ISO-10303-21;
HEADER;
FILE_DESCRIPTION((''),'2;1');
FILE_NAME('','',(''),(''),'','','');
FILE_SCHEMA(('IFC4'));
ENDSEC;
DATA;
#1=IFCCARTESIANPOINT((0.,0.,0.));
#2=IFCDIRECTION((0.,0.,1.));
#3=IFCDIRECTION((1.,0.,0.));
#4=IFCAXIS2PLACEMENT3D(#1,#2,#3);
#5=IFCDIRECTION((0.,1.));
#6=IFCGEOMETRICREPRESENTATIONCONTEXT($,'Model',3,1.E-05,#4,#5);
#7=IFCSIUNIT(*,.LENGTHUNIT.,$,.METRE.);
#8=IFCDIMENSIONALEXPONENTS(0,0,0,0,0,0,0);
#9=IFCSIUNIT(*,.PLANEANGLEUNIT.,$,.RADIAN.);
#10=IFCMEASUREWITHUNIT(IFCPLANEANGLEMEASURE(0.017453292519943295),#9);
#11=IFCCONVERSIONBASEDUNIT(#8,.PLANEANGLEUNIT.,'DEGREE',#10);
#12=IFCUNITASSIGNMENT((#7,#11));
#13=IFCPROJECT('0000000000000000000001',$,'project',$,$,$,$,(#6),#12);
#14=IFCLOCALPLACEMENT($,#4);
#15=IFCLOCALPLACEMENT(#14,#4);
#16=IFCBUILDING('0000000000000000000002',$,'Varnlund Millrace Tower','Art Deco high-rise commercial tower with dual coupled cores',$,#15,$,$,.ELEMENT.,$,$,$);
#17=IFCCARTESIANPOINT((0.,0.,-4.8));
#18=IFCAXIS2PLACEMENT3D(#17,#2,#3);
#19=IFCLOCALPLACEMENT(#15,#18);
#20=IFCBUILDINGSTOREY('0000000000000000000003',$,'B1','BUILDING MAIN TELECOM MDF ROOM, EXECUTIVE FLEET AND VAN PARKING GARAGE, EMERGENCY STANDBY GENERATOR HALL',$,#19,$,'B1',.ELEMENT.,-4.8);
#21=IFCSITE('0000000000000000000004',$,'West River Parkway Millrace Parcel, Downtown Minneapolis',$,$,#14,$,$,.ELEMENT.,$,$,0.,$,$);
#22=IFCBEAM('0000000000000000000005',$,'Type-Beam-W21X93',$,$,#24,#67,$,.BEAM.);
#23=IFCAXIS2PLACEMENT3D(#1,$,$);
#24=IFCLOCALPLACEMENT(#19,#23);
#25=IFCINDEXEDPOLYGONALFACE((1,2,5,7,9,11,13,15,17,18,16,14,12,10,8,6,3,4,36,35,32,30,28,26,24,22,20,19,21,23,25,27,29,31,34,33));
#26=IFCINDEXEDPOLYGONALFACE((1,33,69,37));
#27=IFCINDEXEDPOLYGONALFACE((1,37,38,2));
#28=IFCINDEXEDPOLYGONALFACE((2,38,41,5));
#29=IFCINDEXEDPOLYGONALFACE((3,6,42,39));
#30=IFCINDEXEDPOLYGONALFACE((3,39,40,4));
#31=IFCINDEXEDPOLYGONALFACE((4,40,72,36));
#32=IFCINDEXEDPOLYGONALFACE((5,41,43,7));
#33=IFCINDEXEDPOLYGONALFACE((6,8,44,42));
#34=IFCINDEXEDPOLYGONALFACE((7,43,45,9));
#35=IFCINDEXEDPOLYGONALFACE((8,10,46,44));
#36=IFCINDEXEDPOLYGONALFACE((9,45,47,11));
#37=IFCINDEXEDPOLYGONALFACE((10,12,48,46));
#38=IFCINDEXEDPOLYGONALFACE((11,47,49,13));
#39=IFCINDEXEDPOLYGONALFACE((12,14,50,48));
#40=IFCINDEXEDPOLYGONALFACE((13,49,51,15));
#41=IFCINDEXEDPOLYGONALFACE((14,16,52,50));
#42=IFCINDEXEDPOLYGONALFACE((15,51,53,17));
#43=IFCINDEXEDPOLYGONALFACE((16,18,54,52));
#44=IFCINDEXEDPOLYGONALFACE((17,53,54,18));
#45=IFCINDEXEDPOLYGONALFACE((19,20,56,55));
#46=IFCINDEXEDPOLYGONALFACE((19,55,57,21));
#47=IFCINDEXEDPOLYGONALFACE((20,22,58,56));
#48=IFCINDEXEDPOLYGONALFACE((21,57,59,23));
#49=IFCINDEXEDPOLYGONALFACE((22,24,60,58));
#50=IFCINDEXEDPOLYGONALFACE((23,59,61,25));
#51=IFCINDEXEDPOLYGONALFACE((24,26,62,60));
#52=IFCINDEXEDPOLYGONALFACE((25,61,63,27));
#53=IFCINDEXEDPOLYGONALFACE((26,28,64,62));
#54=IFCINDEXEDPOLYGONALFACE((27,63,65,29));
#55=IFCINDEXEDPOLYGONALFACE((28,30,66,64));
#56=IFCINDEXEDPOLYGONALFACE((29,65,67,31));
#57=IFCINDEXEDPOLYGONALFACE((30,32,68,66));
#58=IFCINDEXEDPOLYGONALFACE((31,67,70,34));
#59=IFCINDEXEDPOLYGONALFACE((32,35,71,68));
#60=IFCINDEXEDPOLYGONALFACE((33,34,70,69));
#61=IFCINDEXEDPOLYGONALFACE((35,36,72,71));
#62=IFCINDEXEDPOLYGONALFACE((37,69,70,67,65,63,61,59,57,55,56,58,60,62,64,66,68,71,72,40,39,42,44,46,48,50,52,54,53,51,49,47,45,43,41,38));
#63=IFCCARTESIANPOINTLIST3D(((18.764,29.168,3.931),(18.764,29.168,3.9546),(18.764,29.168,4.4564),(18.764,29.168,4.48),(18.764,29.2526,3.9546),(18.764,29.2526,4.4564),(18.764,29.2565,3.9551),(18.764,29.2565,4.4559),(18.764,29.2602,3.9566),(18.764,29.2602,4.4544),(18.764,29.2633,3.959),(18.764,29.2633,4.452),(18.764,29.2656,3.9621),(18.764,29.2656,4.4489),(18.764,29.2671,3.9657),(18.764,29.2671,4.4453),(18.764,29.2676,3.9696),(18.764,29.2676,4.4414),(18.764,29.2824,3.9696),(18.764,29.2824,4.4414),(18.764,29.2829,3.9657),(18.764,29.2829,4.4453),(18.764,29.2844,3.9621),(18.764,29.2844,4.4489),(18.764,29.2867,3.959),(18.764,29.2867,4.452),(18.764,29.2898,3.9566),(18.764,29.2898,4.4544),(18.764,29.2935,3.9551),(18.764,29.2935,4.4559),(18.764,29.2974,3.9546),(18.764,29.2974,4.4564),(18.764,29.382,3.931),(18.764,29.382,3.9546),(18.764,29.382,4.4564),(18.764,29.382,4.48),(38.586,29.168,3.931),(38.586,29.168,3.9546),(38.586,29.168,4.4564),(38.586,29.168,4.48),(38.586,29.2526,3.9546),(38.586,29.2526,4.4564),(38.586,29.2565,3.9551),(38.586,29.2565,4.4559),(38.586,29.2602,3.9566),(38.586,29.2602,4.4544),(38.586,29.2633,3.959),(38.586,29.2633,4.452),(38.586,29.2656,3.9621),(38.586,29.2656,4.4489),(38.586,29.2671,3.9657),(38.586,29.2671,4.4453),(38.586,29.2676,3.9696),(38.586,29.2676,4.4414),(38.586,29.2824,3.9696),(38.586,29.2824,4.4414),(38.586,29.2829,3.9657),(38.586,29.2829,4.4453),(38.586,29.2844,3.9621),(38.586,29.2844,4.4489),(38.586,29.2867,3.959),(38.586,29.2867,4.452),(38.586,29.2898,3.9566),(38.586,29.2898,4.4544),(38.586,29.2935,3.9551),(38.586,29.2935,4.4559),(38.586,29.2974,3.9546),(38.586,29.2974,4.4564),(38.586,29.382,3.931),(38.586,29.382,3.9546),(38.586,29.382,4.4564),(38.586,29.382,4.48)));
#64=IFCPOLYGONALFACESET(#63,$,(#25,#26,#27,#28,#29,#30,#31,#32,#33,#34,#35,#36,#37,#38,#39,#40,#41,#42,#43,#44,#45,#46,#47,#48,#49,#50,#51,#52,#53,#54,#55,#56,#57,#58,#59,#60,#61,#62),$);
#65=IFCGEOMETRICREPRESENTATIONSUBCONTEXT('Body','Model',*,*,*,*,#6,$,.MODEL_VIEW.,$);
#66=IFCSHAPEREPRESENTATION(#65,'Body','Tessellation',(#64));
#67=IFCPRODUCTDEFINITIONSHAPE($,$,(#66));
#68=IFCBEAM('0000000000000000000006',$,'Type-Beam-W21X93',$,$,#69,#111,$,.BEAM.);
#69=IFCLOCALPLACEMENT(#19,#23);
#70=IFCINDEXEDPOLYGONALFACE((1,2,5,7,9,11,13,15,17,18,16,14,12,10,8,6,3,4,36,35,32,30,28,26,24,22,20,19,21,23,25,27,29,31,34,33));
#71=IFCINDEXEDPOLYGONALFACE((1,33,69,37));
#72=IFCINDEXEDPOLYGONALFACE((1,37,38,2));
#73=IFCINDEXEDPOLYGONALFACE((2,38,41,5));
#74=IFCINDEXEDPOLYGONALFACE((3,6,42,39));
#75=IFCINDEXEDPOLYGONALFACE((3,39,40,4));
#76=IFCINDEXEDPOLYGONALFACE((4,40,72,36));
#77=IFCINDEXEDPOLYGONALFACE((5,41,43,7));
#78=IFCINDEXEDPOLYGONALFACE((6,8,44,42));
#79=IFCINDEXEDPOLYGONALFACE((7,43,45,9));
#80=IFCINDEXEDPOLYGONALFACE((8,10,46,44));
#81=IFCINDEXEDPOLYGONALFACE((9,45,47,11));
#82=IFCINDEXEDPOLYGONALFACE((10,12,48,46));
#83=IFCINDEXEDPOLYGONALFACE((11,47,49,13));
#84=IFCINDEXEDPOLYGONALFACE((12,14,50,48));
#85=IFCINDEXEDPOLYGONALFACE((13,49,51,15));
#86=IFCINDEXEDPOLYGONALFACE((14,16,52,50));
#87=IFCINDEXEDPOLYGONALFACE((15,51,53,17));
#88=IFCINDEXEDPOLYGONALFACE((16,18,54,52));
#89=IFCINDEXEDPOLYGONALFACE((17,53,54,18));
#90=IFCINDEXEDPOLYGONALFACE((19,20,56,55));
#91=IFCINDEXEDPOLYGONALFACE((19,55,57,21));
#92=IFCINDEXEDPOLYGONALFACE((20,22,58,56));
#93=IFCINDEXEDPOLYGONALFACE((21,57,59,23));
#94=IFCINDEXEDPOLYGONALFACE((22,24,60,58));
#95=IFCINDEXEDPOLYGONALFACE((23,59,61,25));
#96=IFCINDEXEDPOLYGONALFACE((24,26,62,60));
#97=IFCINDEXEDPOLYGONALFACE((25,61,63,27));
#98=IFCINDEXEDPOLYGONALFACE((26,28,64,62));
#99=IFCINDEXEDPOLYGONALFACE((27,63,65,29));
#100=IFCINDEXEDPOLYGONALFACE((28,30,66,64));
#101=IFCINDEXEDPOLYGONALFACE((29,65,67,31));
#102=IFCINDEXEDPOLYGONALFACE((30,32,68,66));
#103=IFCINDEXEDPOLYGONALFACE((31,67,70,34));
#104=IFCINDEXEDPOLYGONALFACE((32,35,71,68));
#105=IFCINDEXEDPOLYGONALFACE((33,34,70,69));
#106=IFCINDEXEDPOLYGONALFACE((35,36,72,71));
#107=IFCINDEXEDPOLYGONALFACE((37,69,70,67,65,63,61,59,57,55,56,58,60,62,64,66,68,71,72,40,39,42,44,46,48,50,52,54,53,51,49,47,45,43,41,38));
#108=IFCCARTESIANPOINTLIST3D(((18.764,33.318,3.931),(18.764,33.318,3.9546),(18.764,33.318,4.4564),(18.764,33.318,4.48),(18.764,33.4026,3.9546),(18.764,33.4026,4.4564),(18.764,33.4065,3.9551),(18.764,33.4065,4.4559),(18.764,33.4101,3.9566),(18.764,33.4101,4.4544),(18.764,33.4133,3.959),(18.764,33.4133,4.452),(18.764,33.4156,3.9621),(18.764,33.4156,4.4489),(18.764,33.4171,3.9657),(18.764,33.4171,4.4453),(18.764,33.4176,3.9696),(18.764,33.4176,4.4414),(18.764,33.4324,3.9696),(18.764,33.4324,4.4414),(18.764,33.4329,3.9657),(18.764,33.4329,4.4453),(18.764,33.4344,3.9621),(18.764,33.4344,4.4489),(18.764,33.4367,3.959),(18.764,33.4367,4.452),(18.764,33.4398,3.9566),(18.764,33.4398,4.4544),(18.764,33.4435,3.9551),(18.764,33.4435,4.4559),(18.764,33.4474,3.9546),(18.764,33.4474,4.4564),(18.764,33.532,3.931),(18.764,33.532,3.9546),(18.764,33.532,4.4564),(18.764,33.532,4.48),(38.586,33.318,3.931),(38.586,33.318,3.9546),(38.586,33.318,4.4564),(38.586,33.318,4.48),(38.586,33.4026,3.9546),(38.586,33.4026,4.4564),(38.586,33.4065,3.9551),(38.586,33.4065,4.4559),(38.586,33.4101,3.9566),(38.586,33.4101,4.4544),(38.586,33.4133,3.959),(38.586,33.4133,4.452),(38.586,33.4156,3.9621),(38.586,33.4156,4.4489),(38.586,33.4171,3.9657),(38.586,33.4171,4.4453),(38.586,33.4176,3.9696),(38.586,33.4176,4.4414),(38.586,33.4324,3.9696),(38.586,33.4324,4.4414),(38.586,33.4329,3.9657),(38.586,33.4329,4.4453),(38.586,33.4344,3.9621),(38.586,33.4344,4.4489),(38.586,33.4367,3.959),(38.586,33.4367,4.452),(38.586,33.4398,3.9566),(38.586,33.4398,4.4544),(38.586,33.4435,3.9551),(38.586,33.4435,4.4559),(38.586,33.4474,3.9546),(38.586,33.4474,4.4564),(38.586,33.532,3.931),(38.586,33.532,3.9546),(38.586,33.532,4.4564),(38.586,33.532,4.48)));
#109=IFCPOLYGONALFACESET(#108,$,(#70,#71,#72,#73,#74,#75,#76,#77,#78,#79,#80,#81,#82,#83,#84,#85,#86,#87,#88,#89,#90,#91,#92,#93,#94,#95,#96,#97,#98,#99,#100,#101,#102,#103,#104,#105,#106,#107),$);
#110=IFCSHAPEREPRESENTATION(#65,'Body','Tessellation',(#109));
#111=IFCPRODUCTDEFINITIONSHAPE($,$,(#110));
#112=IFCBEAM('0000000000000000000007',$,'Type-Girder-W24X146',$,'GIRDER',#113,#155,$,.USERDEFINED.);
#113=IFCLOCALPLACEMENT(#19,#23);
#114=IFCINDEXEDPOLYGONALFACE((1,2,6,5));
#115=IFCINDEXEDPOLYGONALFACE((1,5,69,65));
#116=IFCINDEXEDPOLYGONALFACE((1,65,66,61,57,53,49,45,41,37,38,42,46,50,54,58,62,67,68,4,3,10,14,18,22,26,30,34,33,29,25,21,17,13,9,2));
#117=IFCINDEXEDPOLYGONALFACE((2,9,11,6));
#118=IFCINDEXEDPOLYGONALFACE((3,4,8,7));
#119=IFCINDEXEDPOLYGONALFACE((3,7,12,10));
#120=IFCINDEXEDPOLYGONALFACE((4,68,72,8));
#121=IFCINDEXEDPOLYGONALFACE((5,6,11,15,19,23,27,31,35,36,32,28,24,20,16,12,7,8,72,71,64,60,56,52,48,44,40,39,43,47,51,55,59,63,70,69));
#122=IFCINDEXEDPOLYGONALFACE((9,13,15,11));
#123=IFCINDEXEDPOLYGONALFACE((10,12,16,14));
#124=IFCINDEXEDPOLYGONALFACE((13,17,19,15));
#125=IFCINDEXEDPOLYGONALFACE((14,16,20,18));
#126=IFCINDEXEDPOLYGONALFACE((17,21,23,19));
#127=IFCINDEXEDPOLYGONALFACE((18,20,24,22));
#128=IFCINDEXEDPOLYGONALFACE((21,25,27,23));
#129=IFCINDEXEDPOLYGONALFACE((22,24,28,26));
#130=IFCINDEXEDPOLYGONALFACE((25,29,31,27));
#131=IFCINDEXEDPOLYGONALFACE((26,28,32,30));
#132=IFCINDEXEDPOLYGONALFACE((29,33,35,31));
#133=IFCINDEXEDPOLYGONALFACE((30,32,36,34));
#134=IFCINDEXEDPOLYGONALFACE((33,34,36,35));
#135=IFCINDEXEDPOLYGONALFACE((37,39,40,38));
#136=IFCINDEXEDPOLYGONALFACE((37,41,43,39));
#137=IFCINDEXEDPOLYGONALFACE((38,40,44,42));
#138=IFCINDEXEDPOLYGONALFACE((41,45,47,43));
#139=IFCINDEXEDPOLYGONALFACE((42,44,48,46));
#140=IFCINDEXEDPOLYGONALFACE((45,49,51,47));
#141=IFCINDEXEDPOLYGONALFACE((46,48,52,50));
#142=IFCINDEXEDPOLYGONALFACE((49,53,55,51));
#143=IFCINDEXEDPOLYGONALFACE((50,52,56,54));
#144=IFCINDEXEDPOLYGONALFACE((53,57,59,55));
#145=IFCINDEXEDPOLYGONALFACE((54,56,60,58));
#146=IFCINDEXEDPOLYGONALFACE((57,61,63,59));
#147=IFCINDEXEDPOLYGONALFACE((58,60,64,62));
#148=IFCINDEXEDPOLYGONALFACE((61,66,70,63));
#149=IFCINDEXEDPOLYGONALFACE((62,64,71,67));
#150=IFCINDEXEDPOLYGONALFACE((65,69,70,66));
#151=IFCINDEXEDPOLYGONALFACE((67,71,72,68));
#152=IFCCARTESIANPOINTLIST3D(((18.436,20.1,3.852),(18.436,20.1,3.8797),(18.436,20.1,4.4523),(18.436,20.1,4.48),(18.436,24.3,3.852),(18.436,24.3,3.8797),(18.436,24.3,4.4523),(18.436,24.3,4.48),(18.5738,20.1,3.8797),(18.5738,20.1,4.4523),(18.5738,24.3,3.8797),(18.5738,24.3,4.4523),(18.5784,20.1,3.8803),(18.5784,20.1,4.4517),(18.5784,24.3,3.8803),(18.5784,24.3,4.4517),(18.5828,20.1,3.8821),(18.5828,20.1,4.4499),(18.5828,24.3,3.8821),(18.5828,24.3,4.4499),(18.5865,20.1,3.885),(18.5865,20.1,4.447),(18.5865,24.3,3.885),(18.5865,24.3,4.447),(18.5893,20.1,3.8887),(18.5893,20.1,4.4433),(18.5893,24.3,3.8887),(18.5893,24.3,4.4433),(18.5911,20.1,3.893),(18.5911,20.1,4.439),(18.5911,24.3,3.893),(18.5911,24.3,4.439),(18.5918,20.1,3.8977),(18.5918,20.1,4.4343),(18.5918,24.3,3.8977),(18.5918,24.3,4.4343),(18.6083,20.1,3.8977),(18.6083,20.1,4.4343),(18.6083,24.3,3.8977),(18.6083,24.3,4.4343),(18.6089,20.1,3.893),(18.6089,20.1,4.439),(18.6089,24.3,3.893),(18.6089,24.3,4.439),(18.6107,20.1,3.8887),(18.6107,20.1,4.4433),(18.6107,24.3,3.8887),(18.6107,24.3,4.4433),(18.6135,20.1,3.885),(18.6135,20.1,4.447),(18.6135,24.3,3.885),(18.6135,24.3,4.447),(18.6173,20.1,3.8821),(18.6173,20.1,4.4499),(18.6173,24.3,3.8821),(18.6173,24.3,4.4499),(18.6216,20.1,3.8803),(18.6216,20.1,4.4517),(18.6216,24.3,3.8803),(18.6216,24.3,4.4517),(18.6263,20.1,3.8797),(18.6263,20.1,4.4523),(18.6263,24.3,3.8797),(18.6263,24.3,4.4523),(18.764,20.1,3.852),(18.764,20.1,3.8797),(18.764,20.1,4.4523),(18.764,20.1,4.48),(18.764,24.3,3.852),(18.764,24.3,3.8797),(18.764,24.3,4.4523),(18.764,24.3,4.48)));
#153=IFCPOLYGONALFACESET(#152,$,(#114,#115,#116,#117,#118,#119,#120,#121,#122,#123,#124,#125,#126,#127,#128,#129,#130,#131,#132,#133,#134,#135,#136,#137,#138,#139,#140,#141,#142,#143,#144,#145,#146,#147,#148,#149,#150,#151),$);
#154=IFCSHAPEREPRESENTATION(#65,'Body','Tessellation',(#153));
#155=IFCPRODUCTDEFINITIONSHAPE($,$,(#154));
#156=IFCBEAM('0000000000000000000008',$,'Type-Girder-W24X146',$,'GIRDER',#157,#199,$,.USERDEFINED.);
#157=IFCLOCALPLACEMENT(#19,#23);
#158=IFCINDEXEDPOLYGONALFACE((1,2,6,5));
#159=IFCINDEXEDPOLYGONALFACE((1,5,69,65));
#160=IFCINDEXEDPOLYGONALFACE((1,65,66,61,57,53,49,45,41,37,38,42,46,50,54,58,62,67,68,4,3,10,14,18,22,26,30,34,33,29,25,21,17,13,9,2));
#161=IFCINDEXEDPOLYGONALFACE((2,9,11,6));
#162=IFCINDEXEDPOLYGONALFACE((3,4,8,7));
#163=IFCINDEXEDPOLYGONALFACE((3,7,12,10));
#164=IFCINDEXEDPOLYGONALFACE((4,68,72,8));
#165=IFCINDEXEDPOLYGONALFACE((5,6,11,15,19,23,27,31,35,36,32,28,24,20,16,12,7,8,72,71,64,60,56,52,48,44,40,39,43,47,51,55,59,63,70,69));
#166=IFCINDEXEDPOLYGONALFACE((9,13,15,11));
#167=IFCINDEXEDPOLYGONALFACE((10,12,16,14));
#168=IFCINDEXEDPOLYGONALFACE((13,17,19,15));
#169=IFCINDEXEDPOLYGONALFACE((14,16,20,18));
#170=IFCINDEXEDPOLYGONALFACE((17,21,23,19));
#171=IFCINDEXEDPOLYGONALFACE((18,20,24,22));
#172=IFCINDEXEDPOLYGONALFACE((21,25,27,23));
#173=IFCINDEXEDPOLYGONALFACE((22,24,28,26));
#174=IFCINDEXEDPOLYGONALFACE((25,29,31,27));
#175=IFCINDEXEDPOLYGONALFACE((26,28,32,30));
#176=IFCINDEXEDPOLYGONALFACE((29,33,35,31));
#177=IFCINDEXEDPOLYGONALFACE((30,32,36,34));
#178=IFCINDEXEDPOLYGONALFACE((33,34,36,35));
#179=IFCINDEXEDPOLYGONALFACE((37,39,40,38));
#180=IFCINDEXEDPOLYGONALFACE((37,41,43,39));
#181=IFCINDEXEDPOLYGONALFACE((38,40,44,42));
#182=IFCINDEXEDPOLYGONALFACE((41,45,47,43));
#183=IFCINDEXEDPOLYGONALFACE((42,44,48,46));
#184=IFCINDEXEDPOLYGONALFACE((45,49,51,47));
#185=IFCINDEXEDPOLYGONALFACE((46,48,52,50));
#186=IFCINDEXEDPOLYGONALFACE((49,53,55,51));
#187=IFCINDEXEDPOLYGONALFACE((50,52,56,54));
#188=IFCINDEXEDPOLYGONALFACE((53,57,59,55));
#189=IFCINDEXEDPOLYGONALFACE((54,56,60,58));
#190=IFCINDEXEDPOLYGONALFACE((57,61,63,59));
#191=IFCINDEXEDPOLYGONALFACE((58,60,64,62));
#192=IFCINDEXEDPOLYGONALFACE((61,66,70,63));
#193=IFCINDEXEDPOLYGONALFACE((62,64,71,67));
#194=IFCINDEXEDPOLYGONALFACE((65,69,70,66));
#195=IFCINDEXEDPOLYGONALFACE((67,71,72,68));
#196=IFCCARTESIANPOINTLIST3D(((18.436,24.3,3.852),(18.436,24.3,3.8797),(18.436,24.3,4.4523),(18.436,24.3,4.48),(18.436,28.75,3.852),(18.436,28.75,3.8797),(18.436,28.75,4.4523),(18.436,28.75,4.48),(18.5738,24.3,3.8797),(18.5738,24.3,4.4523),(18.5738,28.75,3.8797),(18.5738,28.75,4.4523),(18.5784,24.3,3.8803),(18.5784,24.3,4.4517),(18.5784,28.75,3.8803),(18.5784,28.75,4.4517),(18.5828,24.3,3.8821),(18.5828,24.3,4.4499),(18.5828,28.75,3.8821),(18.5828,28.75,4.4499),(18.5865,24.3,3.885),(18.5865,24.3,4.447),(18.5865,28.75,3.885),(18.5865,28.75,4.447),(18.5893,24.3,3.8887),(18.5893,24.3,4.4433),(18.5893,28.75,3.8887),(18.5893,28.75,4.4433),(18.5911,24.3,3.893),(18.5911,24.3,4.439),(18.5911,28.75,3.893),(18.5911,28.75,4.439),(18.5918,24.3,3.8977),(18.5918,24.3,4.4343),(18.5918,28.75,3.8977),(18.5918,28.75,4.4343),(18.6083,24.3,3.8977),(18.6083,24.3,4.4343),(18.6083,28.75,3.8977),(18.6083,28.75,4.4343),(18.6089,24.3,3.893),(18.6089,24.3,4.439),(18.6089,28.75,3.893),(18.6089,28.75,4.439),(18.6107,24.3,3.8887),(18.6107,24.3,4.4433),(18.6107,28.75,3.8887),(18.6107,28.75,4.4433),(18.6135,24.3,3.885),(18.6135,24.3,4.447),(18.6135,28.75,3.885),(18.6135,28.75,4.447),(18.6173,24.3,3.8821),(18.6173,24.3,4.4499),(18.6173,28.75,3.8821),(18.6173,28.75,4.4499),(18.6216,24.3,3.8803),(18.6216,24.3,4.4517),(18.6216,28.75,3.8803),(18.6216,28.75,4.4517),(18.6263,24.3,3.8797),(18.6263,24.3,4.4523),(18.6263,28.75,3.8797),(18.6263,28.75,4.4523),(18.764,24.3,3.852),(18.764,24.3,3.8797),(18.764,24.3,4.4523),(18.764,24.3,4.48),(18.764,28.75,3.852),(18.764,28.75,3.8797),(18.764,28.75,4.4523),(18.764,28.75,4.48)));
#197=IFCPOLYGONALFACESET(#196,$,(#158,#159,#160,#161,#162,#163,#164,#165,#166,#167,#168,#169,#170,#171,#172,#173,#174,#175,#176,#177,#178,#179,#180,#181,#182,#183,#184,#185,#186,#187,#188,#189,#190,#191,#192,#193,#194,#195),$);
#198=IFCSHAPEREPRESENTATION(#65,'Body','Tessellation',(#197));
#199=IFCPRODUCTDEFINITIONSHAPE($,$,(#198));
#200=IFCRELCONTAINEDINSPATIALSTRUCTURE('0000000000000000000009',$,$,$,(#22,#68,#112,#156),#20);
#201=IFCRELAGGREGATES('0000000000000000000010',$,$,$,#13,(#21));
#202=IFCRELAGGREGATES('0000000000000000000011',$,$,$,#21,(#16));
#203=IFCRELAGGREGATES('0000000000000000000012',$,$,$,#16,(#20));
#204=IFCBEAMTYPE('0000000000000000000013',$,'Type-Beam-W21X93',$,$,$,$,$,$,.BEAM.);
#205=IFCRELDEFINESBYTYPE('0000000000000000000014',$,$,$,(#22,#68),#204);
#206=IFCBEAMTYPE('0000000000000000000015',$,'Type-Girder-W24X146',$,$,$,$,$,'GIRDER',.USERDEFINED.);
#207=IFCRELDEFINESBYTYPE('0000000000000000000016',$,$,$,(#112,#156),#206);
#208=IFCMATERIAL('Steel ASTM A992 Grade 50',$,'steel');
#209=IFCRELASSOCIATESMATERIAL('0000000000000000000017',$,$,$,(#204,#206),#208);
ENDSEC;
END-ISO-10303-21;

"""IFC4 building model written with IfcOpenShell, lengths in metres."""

from ifc_helpers import new_model, entity, si_unit, converted_unit, direction, frame, origin_with_axes, origin_2d_with_axis, place, context, subcontext, project, spatial, i_section, extrude, material, material_profile, profile_set, type_object, element, save


model = new_model("IFC4")

# Units and contexts
model_context = context("Model", 3, precision=1e-05, world=origin_with_axes(), true_north=direction((0.0, 1.0)))
body_context = subcontext(model_context, "Body", "Model", "MODEL_VIEW")
ifc_project = project(units=[si_unit("LENGTHUNIT", "METRE"), converted_unit("PLANEANGLEUNIT", "DEGREE", entity("IfcPlaneAngleMeasure", 0.017453292519943295), si_unit("PLANEANGLEUNIT", "RADIAN"), dimensions=[0, 0, 0, 0, 0, 0, 0])], contexts=[model_context])

# Site, building, storey
site_placement = place(None, origin_with_axes())
site = spatial("IfcSite", under=ifc_project, at=site_placement, Name="West River Parkway Millrace Parcel, Downtown Minneapolis", CompositionType="ELEMENT", RefElevation=0.0)
building_placement = place(site_placement, origin_with_axes())
building = spatial("IfcBuilding", under=site, at=building_placement, Name="Varnlund Millrace Tower", Description="Art Deco high-rise commercial tower with dual coupled cores", CompositionType="ELEMENT")
storey_placement = place(building_placement, frame((0.0, 0.0, -4.8), z_axis=(0.0, 0.0, 1.0), x_axis=(1.0, 0.0, 0.0)))
storey = spatial("IfcBuildingStorey", under=building, at=storey_placement, Name="B1", Description="BUILDING MAIN TELECOM MDF ROOM, EXECUTIVE FLEET AND VAN PARKING GARAGE, EMERGENCY STANDBY GENERATOR HALL", LongName="B1", CompositionType="ELEMENT", Elevation=-4.8)

# Beams
ifc_material_1 = material(Name="Steel ASTM A992 Grade 50", Category="steel")
ifc_material_profile_1 = material_profile(ifc_material_1, i_section(OverallWidth=0.214, OverallDepth=0.549, WebThickness=0.0147, FlangeThickness=0.0236, FilletRadius=0.015, at=origin_2d_with_axis()), Name="Steel ASTM A992 Grade 50")
ifc_profile_set_1 = profile_set([ifc_material_profile_1], Name="Steel ASTM A992 Grade 50")
beam_type_1 = type_object("IfcBeamType", Name="Type-Beam-W21X93", PredefinedType="BEAM", material=ifc_profile_set_1)
for number, where, z_axis, x_axis, name in (
    (1, (18.764, 29.275, 4.2055), (1.0, 0.0, 0.0), (0.0, 1.0, 0.0), "Type-Beam-W21X93"),
    (2, (18.764, 33.425, 4.2055), (1.0, 0.0, 0.0), (0.0, 1.0, 0.0), "Type-Beam-W21X93"),
):
    element("IfcBeam", number, at=place(storey_placement, frame(where, z_axis=z_axis, x_axis=x_axis)), inside=storey, type_object=beam_type_1, Name=name, PredefinedType="BEAM", context=body_context, shape_type="SweptSolid", body=[
        extrude(i_section(OverallWidth=0.214, OverallDepth=0.549, WebThickness=0.0147, FlangeThickness=0.0236, FilletRadius=0.015, at=origin_2d_with_axis()), origin_with_axes(), (0.0, 0.0, 1.0), 19.822),
    ])
ifc_material_profile_2 = material_profile(ifc_material_1, i_section(OverallWidth=0.328, OverallDepth=0.628, WebThickness=0.0165, FlangeThickness=0.0277, FilletRadius=0.018, at=origin_2d_with_axis()), Name="Steel ASTM A992 Grade 50")
ifc_profile_set_2 = profile_set([ifc_material_profile_2], Name="Steel ASTM A992 Grade 50")
beam_type_2 = type_object("IfcBeamType", Name="Type-Girder-W24X146", ElementType="GIRDER", PredefinedType="USERDEFINED", material=ifc_profile_set_2)
beam_1_placement = place(storey_placement, frame((18.6, 20.1, 4.166), z_axis=(0.0, 1.0, 0.0), x_axis=(-1.0, 0.0, 0.0)))
element("IfcBeam", 3, at=beam_1_placement, inside=storey, type_object=beam_type_2, Name="Type-Girder-W24X146", ObjectType="GIRDER", PredefinedType="USERDEFINED", context=body_context, shape_type="SweptSolid", body=[
    extrude(i_section(OverallWidth=0.328, OverallDepth=0.628, WebThickness=0.0165, FlangeThickness=0.0277, FilletRadius=0.018, at=origin_2d_with_axis()), origin_with_axes(), (0.0, 0.0, 1.0), 4.2),
])
beam_2_placement = place(storey_placement, frame((18.6, 24.3, 4.166), z_axis=(0.0, 1.0, 0.0), x_axis=(-1.0, 0.0, 0.0)))
element("IfcBeam", 4, at=beam_2_placement, inside=storey, type_object=beam_type_2, Name="Type-Girder-W24X146", ObjectType="GIRDER", PredefinedType="USERDEFINED", context=body_context, shape_type="SweptSolid", body=[
    extrude(i_section(OverallWidth=0.328, OverallDepth=0.628, WebThickness=0.0165, FlangeThickness=0.0277, FilletRadius=0.018, at=origin_2d_with_axis()), origin_with_axes(), (0.0, 0.0, 1.0), 4.45),
])

save(model, "model.ifc")
